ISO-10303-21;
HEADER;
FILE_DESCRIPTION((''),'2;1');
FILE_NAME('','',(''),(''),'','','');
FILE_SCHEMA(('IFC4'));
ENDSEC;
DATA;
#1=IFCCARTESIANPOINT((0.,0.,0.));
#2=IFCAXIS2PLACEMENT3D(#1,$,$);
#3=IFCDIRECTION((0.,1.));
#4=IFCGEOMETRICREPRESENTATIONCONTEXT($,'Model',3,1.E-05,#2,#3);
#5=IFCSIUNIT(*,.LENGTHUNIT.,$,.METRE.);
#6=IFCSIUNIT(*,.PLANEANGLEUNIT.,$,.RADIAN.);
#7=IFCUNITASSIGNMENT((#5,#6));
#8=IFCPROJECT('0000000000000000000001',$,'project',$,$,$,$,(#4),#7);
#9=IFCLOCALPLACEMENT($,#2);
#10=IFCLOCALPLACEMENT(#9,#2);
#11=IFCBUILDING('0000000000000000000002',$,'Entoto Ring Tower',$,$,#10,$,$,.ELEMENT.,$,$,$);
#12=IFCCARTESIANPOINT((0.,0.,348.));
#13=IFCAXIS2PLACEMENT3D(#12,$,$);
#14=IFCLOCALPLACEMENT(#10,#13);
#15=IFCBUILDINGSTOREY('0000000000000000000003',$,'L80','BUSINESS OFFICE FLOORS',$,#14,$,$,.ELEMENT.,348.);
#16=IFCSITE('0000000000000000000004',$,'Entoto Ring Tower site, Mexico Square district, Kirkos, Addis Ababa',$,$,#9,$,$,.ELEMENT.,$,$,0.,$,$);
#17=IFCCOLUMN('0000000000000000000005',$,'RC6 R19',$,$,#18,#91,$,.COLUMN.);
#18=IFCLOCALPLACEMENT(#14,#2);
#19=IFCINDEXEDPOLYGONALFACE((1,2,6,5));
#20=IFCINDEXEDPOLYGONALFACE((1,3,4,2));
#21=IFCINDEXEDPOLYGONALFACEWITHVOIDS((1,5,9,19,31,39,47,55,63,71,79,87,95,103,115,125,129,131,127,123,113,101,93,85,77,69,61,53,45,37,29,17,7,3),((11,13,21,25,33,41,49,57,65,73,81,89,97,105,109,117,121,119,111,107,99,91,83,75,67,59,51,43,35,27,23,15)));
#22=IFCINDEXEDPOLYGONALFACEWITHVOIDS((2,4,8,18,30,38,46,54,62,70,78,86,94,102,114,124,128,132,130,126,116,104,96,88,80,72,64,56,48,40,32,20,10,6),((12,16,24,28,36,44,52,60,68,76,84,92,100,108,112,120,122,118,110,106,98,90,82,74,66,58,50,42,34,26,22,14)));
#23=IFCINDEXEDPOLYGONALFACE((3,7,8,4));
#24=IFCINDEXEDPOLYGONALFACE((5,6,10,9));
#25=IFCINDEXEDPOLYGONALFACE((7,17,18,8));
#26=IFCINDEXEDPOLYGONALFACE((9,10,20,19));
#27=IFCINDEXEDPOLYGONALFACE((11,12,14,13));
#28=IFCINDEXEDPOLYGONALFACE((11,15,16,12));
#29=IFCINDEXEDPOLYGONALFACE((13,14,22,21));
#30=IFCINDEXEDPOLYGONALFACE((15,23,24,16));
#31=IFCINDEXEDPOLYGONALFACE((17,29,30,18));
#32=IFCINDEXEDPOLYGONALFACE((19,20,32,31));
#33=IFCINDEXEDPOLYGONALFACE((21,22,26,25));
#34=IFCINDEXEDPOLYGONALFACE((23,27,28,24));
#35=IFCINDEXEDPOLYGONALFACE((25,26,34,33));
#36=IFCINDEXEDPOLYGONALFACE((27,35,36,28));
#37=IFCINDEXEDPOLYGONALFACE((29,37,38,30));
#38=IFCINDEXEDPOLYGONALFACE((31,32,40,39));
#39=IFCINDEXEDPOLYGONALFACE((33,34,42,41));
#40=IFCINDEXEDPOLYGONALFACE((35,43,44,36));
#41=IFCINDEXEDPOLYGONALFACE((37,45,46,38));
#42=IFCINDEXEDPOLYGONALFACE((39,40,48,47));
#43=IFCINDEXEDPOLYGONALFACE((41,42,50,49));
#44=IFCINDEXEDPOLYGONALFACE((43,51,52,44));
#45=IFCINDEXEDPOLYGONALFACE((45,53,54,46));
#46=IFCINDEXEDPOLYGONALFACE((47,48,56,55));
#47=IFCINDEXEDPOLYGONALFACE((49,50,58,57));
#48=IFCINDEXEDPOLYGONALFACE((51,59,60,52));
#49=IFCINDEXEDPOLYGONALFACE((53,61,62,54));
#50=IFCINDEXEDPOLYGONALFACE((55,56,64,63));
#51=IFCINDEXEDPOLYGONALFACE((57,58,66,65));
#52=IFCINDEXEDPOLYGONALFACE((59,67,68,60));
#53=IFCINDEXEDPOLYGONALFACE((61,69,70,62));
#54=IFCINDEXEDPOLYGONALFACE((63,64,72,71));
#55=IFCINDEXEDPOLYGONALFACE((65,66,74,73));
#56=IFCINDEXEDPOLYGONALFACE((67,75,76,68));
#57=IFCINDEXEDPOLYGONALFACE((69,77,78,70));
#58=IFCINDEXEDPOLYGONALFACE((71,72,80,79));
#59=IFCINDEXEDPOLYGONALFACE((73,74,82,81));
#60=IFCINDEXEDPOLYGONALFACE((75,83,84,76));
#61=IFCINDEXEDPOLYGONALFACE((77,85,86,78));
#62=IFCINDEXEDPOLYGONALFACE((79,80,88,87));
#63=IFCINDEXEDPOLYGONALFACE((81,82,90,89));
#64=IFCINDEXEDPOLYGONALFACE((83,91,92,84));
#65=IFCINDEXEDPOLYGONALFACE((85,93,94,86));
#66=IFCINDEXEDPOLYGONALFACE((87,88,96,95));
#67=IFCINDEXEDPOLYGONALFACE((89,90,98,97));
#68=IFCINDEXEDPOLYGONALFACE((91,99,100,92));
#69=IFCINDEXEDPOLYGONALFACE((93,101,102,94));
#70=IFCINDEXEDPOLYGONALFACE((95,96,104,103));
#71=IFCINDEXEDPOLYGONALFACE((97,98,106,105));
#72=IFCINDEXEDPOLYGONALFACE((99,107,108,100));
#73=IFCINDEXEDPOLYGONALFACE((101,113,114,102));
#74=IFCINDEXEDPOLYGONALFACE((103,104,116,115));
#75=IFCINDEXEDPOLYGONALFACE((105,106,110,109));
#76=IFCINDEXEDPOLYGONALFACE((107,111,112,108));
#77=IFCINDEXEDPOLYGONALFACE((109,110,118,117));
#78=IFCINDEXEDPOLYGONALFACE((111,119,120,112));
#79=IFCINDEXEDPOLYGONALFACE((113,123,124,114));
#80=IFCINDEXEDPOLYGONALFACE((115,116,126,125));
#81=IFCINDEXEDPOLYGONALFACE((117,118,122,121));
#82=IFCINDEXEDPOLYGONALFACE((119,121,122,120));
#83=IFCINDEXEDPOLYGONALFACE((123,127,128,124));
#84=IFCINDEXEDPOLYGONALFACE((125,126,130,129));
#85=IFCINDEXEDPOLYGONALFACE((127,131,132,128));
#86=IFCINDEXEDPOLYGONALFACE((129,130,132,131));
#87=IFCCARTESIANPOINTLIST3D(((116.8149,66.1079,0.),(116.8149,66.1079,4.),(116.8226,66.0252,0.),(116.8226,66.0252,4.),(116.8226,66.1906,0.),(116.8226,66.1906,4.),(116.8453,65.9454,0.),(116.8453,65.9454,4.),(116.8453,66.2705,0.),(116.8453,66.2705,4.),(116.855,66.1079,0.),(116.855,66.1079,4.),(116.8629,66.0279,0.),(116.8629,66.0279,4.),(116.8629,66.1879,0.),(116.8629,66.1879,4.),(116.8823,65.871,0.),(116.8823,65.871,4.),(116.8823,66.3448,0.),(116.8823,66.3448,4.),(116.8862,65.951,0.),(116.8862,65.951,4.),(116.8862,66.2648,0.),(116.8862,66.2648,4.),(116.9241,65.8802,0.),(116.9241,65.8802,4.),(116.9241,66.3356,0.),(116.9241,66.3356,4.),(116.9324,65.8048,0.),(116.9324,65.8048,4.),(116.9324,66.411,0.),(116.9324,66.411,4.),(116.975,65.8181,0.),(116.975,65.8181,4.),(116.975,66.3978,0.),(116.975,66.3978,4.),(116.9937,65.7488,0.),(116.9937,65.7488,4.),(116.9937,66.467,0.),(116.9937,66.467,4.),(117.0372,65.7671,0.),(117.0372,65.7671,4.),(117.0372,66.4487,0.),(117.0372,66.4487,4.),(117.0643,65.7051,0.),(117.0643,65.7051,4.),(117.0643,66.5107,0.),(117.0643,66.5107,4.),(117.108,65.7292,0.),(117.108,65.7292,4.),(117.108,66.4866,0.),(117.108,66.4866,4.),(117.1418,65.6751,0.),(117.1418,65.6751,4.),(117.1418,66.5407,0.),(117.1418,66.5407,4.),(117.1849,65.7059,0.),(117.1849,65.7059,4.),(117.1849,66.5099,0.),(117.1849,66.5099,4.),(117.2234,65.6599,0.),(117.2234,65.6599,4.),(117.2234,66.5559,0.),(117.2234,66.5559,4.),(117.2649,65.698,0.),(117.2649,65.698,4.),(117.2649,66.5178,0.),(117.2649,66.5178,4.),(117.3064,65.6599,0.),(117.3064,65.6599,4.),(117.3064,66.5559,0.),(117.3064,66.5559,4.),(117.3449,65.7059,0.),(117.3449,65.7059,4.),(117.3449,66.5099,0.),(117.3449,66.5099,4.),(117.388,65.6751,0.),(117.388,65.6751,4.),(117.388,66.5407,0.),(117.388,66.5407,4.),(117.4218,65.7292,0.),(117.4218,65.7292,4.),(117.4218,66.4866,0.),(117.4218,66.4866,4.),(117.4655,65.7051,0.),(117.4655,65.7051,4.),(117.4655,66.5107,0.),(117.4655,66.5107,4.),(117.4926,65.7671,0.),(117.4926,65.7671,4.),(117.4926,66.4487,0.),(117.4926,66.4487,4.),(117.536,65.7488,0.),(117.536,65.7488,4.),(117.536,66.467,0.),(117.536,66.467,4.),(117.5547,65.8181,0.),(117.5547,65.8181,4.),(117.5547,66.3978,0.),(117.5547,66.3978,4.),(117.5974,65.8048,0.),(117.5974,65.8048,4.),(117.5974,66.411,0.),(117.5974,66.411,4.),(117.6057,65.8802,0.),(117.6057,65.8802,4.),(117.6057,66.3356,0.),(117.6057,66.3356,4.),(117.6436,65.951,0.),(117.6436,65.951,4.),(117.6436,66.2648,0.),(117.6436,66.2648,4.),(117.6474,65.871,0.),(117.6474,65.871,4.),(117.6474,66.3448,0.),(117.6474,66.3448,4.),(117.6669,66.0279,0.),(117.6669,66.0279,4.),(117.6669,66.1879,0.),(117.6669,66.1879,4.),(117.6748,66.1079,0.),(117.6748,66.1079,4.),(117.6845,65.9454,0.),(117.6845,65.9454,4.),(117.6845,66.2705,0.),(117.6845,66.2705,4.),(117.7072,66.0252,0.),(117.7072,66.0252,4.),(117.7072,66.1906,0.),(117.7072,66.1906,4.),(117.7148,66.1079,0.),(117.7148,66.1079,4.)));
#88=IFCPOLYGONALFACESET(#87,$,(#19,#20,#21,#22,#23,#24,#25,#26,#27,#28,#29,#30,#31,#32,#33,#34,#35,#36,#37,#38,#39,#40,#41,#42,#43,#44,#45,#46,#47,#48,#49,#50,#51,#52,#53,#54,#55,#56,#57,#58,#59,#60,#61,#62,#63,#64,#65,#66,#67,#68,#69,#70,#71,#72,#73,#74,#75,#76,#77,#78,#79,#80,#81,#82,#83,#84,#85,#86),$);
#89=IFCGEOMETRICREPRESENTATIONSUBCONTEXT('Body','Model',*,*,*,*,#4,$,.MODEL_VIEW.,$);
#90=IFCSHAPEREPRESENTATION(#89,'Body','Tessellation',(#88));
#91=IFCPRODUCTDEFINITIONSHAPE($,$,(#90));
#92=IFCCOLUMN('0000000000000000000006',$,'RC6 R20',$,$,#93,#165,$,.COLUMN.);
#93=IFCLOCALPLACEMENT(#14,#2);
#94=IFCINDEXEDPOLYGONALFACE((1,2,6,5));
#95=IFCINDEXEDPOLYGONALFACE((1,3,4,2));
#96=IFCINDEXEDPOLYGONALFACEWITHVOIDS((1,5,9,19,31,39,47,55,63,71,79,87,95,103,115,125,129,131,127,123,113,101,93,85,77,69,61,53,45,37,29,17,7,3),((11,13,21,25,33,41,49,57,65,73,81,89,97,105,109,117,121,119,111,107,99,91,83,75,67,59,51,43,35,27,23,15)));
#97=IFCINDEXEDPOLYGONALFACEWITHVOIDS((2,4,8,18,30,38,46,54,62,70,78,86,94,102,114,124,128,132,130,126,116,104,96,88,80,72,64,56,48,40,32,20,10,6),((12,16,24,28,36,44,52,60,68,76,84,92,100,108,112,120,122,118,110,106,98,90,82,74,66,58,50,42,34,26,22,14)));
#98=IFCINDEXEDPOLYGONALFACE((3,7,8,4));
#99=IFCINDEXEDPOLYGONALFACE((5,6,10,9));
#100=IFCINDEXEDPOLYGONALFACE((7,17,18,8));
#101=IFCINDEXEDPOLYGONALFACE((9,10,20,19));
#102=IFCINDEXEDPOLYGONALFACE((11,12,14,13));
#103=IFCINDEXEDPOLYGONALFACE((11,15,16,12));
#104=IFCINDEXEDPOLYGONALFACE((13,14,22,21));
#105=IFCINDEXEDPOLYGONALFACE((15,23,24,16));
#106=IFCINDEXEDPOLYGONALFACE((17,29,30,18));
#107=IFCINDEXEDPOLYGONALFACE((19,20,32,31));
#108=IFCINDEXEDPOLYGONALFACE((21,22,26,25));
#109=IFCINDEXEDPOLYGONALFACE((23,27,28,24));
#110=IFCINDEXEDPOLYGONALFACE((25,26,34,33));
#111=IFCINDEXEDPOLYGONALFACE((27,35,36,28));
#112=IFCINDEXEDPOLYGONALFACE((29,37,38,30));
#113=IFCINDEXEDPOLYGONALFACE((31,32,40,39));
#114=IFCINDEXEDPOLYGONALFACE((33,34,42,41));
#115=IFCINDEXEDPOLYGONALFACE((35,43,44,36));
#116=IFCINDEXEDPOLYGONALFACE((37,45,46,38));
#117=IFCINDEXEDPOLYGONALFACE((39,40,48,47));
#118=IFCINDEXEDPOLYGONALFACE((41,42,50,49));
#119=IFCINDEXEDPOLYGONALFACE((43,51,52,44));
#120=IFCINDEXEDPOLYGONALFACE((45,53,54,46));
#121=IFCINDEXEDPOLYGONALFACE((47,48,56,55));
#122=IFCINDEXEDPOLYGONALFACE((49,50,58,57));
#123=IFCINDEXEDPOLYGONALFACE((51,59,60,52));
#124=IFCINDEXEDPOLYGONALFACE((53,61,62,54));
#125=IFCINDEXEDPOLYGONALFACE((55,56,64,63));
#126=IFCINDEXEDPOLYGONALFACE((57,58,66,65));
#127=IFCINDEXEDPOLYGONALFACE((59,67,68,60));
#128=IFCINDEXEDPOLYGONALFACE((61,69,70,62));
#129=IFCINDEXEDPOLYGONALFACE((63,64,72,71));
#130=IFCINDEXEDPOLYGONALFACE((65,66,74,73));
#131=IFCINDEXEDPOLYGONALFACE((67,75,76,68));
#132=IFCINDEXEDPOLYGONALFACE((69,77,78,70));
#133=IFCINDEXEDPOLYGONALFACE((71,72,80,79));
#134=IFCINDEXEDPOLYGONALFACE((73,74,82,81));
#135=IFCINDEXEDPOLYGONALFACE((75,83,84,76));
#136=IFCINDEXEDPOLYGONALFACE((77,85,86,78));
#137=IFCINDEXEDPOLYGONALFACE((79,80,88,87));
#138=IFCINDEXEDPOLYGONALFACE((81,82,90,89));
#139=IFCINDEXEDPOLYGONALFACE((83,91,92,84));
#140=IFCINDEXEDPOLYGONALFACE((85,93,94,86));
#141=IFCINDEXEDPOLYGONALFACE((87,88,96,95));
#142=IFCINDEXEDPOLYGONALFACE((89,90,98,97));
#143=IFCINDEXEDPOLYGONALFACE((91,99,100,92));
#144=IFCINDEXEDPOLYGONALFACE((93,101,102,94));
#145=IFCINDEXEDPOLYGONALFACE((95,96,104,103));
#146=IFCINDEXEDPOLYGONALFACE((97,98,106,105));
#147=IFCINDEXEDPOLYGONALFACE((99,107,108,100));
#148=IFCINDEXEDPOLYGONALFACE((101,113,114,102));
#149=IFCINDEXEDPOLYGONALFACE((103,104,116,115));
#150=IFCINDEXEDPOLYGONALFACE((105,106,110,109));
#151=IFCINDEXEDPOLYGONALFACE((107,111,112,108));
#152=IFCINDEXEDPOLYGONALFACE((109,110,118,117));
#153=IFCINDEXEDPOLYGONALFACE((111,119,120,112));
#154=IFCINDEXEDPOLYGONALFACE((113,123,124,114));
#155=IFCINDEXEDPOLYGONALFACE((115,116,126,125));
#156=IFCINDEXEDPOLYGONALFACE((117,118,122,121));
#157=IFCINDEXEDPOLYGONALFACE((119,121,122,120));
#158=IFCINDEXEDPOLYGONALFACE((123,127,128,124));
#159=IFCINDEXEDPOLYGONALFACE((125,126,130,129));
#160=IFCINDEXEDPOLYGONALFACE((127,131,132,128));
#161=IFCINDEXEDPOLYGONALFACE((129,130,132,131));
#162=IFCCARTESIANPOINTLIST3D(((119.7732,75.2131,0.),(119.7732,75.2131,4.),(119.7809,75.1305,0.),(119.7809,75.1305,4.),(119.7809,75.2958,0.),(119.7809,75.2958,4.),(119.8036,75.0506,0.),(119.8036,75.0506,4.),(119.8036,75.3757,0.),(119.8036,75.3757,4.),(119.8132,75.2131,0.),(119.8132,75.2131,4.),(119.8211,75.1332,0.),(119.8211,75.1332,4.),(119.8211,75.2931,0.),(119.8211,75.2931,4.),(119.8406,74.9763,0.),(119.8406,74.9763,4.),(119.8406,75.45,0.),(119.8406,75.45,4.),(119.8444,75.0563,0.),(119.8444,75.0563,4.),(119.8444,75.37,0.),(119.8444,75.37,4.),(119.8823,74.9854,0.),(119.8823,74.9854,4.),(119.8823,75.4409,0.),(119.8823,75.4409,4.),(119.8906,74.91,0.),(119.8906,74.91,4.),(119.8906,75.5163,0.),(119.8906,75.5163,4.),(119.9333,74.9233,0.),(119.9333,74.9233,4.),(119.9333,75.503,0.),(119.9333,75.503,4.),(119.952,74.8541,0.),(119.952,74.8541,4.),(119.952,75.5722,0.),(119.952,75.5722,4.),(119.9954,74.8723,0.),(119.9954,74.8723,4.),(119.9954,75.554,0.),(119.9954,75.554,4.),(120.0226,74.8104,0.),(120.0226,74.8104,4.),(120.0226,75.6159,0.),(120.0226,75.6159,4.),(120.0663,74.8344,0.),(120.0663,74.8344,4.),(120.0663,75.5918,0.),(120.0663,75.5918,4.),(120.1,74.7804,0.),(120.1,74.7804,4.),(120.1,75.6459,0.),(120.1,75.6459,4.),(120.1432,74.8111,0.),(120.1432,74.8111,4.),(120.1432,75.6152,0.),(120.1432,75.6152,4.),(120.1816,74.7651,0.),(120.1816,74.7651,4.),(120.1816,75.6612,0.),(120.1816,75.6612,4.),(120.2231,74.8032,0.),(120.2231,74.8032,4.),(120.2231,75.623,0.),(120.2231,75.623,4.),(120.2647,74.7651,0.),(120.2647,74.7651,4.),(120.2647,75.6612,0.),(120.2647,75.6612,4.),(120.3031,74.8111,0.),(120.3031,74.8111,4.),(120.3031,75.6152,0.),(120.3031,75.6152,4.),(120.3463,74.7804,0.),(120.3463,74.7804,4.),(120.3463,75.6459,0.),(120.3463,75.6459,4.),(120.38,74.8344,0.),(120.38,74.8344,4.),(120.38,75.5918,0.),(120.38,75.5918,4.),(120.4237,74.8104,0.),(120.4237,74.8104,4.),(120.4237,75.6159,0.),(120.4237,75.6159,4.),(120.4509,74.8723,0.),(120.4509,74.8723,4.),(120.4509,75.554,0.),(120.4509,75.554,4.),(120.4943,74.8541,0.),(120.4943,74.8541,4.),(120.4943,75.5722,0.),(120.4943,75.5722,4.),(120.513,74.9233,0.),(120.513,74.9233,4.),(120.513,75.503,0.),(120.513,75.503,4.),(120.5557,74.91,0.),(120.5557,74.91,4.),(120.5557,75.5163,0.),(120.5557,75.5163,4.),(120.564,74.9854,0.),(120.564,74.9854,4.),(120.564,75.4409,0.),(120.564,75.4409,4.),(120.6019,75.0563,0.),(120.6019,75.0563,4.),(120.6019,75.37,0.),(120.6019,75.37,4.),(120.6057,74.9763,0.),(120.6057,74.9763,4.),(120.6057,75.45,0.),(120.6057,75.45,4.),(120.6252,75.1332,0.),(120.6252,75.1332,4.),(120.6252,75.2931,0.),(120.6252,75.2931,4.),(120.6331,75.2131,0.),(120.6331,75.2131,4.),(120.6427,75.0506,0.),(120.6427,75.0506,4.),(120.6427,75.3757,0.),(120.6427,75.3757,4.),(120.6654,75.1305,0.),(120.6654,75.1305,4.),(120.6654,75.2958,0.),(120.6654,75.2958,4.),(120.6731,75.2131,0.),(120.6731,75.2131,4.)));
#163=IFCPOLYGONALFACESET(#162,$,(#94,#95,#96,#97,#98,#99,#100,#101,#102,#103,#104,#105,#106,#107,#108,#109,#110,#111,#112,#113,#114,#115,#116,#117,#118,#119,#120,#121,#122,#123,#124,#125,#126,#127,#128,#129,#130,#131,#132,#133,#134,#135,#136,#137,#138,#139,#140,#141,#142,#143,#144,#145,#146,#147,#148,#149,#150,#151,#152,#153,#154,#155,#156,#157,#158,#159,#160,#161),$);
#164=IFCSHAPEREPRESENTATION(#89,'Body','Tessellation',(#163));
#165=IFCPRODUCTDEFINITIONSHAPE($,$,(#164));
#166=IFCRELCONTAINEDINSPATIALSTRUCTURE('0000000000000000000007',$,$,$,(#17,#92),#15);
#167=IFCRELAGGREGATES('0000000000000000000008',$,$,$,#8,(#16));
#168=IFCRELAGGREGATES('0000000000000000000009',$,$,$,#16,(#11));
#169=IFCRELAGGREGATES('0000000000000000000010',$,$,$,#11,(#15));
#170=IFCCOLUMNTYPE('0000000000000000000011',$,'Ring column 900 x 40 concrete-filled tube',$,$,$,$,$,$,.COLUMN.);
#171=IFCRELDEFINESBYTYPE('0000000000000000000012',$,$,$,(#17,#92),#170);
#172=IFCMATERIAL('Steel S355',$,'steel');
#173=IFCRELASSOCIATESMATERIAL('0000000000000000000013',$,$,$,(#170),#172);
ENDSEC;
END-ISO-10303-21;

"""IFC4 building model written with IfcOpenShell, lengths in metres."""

from ifc_helpers import new_model, si_unit, direction, frame, origin, origin_2d, place, context, subcontext, project, spatial, circle, hollow_circle, extrude, material, material_profile, profile_set, type_object, element, save


model = new_model("IFC4")

# Units and contexts
model_context = context("Model", 3, precision=1e-05, world=origin(), true_north=direction((0.0, 1.0)))
body_context = subcontext(model_context, "Body", "Model", "MODEL_VIEW")
ifc_project = project(units=[si_unit("LENGTHUNIT", "METRE"), si_unit("PLANEANGLEUNIT", "RADIAN")], contexts=[model_context])

# Site, building, storey
site_placement = place(None, origin())
site = spatial("IfcSite", under=ifc_project, at=site_placement, Name="Entoto Ring Tower site, Mexico Square district, Kirkos, Addis Ababa", CompositionType="ELEMENT", RefElevation=0.0)
building_placement = place(site_placement, origin())
building = spatial("IfcBuilding", under=site, at=building_placement, Name="Entoto Ring Tower", CompositionType="ELEMENT")
storey_placement = place(building_placement, frame((0.0, 0.0, 348.0)))
storey = spatial("IfcBuildingStorey", under=building, at=storey_placement, Name="L80", Description="BUSINESS OFFICE FLOORS", CompositionType="ELEMENT", Elevation=348.0)

# Columns
ifc_material_1 = material(Name="Steel S355", Category="steel")
ifc_material_profile_1 = material_profile(ifc_material_1, hollow_circle(Radius=0.45, WallThickness=0.04, at=origin_2d()), Name="CHS 900 x 40")
ifc_material_2 = material(Name="Concrete C60/75", Category="concrete")
ifc_material_profile_2 = material_profile(ifc_material_2, circle(Radius=0.4099, at=origin_2d()), Name="Concrete C60/75 infill")
ifc_profile_set_1 = profile_set([ifc_material_profile_1, ifc_material_profile_2], Name="Steel S355")
column_type = type_object("IfcColumnType", Name="Ring column 900 x 40 concrete-filled tube", PredefinedType="COLUMN", material=ifc_profile_set_1)
for number, where, z_axis, x_axis, name in (
    (1, (117.2649, 66.1079, 0.0), (0.0, 0.0, 1.0), (1.0, 0.0, 0.0), "RC6 R19"),
    (2, (120.2231, 75.2131, 0.0), (0.0, 0.0, 1.0), (1.0, 0.0, 0.0), "RC6 R20"),
):
    element("IfcColumn", number, at=place(storey_placement, frame(where, z_axis=z_axis, x_axis=x_axis)), inside=storey, type_object=column_type, Name=name, PredefinedType="COLUMN", context=body_context, shape_type="SweptSolid", body=[
        extrude(hollow_circle(Radius=0.45, WallThickness=0.04, at=origin_2d()), origin(), (0.0, 0.0, 1.0), 4.0),
    ])

save(model, "model.ifc")
